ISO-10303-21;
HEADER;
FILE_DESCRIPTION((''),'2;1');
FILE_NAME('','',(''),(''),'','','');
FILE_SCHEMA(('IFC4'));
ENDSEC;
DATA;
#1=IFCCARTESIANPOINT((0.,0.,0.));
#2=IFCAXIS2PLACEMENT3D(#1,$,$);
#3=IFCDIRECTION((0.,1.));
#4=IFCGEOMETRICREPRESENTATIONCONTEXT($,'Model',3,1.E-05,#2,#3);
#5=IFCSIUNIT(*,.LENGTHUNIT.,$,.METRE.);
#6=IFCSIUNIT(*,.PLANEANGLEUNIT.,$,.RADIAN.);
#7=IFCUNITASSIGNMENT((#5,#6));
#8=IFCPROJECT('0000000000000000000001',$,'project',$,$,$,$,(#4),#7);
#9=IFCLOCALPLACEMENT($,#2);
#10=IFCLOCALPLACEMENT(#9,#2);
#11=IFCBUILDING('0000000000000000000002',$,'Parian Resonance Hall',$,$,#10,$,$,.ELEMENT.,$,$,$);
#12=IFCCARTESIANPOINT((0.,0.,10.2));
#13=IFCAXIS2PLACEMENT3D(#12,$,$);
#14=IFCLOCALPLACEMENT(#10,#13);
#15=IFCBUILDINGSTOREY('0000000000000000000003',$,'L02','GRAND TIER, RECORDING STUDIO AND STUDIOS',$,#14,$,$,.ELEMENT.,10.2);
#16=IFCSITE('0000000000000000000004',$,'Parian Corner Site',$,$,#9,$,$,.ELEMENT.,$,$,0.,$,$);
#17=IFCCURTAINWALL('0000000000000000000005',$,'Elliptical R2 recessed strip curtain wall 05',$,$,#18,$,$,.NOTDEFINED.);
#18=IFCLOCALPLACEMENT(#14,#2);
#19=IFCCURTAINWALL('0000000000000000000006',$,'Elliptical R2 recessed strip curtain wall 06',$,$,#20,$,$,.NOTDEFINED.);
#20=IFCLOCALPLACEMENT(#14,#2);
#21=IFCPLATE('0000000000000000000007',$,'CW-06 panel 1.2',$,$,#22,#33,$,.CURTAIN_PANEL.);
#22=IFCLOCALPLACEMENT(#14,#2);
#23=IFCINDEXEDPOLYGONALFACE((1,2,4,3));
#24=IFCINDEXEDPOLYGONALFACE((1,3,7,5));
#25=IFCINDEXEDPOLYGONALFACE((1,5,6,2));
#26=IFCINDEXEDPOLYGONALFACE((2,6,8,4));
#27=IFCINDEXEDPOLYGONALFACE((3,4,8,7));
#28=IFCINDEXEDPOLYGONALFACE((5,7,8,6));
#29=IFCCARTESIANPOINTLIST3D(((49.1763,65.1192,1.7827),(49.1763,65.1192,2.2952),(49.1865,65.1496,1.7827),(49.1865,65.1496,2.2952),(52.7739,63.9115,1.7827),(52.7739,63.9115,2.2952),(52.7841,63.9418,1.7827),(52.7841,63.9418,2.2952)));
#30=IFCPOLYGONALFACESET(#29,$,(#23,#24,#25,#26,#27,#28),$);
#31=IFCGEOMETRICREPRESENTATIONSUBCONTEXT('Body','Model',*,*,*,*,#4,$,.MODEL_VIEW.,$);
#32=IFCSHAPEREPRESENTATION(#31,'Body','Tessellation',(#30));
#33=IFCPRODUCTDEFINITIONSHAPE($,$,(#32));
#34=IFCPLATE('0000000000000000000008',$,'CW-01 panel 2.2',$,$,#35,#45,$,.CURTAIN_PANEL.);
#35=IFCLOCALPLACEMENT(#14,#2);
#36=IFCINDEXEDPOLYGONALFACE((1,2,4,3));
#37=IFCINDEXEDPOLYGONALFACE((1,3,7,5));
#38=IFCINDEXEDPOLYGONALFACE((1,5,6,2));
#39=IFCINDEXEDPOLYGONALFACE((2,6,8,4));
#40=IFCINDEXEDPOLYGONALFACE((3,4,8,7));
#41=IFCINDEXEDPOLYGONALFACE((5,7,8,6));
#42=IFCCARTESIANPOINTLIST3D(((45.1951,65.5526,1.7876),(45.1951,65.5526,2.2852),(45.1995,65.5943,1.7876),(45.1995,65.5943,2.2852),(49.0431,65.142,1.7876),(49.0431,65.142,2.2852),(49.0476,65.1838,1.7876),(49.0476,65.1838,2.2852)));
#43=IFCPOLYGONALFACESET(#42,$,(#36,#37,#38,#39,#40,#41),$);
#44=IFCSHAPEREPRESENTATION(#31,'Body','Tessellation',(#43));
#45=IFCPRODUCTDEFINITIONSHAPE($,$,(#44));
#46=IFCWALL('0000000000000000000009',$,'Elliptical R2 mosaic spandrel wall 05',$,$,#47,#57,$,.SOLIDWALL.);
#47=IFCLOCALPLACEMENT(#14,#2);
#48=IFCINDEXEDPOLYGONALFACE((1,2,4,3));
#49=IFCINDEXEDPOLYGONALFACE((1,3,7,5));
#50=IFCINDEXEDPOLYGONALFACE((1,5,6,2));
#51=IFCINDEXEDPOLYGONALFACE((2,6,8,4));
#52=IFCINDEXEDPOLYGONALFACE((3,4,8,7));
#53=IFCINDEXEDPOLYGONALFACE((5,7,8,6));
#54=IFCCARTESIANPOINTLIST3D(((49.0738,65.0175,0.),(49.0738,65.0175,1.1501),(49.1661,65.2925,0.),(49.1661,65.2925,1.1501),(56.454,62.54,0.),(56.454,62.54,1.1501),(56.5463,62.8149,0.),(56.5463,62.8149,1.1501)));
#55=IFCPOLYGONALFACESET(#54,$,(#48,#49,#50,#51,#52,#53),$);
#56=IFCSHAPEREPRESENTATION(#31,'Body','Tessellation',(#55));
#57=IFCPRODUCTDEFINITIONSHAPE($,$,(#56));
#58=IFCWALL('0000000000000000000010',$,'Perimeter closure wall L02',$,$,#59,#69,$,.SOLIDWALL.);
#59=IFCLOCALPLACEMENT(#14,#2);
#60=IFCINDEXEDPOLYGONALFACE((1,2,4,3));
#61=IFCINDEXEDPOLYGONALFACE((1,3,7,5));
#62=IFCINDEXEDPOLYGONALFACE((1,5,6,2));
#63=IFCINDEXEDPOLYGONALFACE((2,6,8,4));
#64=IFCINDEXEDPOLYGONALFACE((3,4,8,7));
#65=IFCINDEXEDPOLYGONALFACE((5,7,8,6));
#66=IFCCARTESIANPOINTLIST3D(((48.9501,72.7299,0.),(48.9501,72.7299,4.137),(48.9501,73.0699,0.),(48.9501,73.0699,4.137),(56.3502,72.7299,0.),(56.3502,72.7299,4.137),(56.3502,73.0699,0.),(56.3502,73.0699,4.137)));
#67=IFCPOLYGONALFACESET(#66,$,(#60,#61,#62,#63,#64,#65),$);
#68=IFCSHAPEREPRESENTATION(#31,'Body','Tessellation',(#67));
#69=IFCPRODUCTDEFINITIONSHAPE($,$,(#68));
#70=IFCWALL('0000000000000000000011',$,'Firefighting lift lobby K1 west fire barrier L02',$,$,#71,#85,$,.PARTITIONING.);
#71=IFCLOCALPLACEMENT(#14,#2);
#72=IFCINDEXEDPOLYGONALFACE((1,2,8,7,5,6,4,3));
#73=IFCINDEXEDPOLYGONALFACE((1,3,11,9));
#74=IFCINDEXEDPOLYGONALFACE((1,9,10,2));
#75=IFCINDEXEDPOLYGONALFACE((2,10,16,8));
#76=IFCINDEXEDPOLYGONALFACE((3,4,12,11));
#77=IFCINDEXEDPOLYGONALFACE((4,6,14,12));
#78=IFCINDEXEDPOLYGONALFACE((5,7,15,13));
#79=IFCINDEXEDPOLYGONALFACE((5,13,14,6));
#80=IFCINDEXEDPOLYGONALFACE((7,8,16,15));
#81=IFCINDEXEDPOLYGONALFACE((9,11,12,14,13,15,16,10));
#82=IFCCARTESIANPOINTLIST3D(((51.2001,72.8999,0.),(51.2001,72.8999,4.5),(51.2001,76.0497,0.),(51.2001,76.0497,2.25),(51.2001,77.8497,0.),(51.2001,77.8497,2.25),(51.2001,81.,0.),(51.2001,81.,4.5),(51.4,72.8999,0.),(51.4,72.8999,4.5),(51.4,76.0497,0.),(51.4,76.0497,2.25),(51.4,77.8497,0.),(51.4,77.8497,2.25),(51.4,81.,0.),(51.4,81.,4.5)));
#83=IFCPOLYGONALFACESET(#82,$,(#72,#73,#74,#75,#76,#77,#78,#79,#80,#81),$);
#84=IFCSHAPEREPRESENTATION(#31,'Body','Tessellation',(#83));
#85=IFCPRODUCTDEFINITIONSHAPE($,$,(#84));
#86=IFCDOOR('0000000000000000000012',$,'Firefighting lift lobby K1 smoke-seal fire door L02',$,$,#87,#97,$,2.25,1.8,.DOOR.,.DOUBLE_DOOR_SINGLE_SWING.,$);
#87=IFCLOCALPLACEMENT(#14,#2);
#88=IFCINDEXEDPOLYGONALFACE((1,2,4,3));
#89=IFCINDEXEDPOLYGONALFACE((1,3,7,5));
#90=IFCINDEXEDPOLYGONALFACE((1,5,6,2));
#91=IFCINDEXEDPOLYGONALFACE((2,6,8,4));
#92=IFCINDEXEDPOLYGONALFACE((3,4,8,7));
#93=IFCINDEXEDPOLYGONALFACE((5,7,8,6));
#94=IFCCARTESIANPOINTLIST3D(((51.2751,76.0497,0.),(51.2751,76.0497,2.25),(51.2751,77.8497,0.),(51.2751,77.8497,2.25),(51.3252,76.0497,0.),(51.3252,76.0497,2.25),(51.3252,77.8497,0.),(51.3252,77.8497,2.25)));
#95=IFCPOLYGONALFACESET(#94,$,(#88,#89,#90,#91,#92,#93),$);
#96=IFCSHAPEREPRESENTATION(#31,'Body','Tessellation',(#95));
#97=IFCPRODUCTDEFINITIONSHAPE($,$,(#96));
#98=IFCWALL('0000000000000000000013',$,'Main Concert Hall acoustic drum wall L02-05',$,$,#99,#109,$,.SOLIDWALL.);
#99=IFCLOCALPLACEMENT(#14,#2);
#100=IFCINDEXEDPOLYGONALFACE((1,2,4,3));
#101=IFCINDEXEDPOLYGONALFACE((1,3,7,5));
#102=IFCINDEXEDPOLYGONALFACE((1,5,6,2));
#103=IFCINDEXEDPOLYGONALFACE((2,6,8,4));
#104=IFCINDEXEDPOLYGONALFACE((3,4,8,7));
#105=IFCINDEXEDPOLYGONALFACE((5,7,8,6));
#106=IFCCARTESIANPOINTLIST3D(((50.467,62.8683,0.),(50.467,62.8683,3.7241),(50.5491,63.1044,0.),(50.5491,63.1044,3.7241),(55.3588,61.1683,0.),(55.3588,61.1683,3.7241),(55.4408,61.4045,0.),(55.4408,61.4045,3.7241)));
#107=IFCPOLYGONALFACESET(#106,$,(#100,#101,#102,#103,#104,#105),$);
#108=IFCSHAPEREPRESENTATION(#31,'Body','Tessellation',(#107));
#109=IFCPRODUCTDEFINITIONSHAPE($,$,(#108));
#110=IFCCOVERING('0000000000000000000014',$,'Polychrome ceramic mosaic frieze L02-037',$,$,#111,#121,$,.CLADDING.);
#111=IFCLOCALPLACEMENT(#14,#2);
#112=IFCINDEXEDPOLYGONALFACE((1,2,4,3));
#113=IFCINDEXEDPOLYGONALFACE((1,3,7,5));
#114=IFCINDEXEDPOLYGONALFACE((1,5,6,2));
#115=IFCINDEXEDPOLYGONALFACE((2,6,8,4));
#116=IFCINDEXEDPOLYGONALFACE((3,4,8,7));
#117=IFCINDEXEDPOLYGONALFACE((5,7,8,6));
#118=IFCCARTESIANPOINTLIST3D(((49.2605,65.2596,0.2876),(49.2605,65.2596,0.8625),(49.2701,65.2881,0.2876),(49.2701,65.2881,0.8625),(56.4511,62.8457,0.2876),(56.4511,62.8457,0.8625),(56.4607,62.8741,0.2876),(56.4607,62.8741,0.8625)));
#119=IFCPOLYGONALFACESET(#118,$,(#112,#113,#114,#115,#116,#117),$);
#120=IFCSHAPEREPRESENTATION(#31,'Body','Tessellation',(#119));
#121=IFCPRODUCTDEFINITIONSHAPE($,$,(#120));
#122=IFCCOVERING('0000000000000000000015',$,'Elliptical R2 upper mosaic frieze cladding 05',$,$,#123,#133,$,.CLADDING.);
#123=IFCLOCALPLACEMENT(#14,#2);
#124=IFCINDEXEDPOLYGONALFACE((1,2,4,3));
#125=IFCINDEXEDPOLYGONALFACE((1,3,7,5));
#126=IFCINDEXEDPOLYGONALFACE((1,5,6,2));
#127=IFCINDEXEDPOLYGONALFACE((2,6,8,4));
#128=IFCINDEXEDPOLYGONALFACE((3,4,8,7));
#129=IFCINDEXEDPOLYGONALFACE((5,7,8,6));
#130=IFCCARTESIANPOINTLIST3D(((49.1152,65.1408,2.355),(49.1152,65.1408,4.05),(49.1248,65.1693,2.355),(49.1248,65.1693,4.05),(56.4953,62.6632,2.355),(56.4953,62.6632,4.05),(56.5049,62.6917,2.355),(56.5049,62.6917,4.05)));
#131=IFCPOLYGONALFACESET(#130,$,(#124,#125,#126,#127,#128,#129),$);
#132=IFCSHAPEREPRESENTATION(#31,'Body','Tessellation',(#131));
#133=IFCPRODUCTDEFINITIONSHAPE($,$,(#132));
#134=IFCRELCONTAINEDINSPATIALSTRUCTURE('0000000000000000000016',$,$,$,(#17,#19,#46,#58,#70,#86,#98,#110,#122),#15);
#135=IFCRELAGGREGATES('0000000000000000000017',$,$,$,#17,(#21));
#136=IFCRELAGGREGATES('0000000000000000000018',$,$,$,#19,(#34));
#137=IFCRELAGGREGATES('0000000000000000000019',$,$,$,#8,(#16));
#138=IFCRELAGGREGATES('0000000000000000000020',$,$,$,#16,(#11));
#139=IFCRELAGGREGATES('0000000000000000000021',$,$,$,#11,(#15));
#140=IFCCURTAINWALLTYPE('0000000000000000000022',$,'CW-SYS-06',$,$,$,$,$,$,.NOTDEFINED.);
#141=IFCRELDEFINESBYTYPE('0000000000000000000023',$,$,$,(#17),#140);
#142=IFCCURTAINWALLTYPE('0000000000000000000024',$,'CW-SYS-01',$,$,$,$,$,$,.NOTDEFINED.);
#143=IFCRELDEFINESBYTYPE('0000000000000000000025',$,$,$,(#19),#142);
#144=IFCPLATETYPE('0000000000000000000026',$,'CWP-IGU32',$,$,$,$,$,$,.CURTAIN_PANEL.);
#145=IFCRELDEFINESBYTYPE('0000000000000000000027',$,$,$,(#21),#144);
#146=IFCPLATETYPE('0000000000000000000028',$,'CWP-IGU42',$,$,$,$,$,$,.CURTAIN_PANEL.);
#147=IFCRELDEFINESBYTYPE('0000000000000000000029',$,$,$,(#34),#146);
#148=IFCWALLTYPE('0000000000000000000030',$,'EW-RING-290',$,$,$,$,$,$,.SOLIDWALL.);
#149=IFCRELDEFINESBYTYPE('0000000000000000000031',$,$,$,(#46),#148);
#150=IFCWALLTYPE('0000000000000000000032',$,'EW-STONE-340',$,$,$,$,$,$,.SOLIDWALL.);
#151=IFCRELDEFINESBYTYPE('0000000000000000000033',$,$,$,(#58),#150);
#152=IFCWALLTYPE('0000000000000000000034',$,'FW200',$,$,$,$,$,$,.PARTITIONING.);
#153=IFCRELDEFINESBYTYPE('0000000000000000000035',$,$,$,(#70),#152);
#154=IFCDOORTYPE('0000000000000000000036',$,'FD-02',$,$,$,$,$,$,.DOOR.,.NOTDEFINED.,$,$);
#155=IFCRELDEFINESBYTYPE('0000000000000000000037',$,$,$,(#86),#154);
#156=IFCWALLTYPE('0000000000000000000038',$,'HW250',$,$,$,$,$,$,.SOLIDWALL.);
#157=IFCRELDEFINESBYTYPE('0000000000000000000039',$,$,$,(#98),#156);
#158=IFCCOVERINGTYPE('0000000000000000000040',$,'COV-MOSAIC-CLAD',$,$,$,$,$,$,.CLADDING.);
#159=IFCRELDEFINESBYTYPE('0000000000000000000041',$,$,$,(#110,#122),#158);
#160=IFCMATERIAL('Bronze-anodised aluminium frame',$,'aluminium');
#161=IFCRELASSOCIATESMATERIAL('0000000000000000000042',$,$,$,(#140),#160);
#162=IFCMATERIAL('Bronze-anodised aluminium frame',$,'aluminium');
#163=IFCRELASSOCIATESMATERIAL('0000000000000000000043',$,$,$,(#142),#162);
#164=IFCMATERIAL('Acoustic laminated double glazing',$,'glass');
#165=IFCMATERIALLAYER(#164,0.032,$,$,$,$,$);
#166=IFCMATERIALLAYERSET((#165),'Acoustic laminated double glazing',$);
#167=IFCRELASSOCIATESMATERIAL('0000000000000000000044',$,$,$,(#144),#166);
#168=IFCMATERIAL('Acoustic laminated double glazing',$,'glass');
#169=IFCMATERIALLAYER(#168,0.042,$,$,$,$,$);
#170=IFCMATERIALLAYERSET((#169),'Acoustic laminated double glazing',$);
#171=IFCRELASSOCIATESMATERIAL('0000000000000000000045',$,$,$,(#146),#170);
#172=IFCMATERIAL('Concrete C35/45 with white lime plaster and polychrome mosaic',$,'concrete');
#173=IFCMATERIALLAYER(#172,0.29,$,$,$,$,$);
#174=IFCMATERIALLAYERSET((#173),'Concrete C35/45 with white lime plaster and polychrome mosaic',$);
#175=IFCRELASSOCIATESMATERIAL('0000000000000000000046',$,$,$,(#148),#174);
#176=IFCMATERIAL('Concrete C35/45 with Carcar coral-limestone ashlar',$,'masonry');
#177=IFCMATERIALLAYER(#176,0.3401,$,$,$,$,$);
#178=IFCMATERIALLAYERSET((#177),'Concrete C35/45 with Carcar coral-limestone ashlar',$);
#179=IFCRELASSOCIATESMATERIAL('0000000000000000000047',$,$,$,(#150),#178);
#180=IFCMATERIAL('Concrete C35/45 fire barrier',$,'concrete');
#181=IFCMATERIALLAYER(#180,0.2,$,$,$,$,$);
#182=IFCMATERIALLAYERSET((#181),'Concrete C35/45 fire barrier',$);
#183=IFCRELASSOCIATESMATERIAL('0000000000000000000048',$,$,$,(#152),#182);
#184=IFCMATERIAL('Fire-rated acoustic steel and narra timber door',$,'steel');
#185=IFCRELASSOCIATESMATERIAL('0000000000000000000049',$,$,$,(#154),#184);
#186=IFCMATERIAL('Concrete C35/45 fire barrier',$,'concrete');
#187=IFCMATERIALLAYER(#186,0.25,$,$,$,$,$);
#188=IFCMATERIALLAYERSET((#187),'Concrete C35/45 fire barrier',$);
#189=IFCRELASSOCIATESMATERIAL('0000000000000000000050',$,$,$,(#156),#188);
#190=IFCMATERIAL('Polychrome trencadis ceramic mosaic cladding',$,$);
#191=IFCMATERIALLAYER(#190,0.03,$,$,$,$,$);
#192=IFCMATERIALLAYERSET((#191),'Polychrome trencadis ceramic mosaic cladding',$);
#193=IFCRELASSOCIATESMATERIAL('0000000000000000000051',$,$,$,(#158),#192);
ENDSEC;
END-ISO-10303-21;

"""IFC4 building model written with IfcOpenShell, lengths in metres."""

from ifc_helpers import new_model, si_unit, direction, frame, frame_2d, origin, origin_2d, place, context, subcontext, project, spatial, rectangle, extrude, material, layer, layer_set, type_object, element, fill, aggregate, save


model = new_model("IFC4")

# Units and contexts
model_context = context("Model", 3, precision=1e-05, world=origin(), true_north=direction((0.0, 1.0)))
body_context = subcontext(model_context, "Body", "Model", "MODEL_VIEW")
ifc_project = project(units=[si_unit("LENGTHUNIT", "METRE"), si_unit("PLANEANGLEUNIT", "RADIAN")], contexts=[model_context])

# Site, building, storey
site_placement = place(None, origin())
site = spatial("IfcSite", under=ifc_project, at=site_placement, Name="Parian Corner Site", CompositionType="ELEMENT", RefElevation=0.0)
building_placement = place(site_placement, origin())
building = spatial("IfcBuilding", under=site, at=building_placement, Name="Parian Resonance Hall", CompositionType="ELEMENT")
storey_placement = place(building_placement, frame((0.0, 0.0, 10.2)))
storey = spatial("IfcBuildingStorey", under=building, at=storey_placement, Name="L02", Description="GRAND TIER, RECORDING STUDIO AND STUDIOS", CompositionType="ELEMENT", Elevation=10.2)

# Curtain wall
ifc_material_1 = material(Name="Bronze-anodised aluminium frame", Category="aluminium")
curtain_wall_type_1 = type_object("IfcCurtainWallType", Name="CW-SYS-06", PredefinedType="NOTDEFINED", material=ifc_material_1)
curtain_wall_1_placement = place(storey_placement, origin())
curtain_wall_1 = element("IfcCurtainWall", 1, at=curtain_wall_1_placement, inside=storey, type_object=curtain_wall_type_1, Name="Elliptical R2 recessed strip curtain wall 05", PredefinedType="NOTDEFINED")

# Curtain wall
ifc_material_2 = material(Name="Bronze-anodised aluminium frame", Category="aluminium")
curtain_wall_type_2 = type_object("IfcCurtainWallType", Name="CW-SYS-01", PredefinedType="NOTDEFINED", material=ifc_material_2)
curtain_wall_2_placement = place(storey_placement, origin())
curtain_wall_2 = element("IfcCurtainWall", 2, at=curtain_wall_2_placement, inside=storey, type_object=curtain_wall_type_2, Name="Elliptical R2 recessed strip curtain wall 06", PredefinedType="NOTDEFINED")

# Plates
ifc_material_3 = material(Name="Acoustic laminated double glazing", Category="glass")
ifc_layer_1 = layer(ifc_material_3, 0.032)
ifc_layer_set_1 = layer_set([ifc_layer_1], Name="Acoustic laminated double glazing")
plate_type_1 = type_object("IfcPlateType", Name="CWP-IGU32", PredefinedType="CURTAIN_PANEL", material=ifc_layer_set_1)
plate_1_placement = place(storey_placement, frame((50.9802, 64.5305, 1.7827), z_axis=(0.0, 0.0, 1.0), x_axis=(0.948004, -0.318258, 0.0)))
plate_1 = element("IfcPlate", 3, at=plate_1_placement, type_object=plate_type_1, Name="CW-06 panel 1.2", PredefinedType="CURTAIN_PANEL", context=body_context, shape_type="SweptSolid", body=[
    extrude(rectangle(XDim=3.7949, YDim=0.032, at=origin_2d()), origin(), (0.0, 0.0, 1.0), 0.5125),
])
aggregate(curtain_wall_1, [plate_1])
ifc_material_4 = material(Name="Acoustic laminated double glazing", Category="glass")
ifc_layer_2 = layer(ifc_material_4, 0.042)
ifc_layer_set_2 = layer_set([ifc_layer_2], Name="Acoustic laminated double glazing")
plate_type_2 = type_object("IfcPlateType", Name="CWP-IGU42", PredefinedType="CURTAIN_PANEL", material=ifc_layer_set_2)
plate_2_placement = place(storey_placement, frame((47.1213, 65.3682, 1.7876), z_axis=(0.0, 0.0, 1.0), x_axis=(0.994356, -0.106091, 0.0)))
plate_2 = element("IfcPlate", 4, at=plate_2_placement, type_object=plate_type_2, Name="CW-01 panel 2.2", PredefinedType="CURTAIN_PANEL", context=body_context, shape_type="SweptSolid", body=[
    extrude(rectangle(XDim=3.8699, YDim=0.042, at=origin_2d()), origin(), (0.0, 0.0, 1.0), 0.4976),
])
aggregate(curtain_wall_2, [plate_2])

# Walls
ifc_material_5 = material(Name="Concrete C35/45 with white lime plaster and polychrome mosaic", Category="concrete")
ifc_layer_3 = layer(ifc_material_5, 0.29)
ifc_layer_set_3 = layer_set([ifc_layer_3], Name="Concrete C35/45 with white lime plaster and polychrome mosaic")
wall_type_1 = type_object("IfcWallType", Name="EW-RING-290", PredefinedType="SOLIDWALL", material=ifc_layer_set_3)
wall_1_placement = place(storey_placement, frame((49.1199, 65.155, 0.0), z_axis=(0.0, 0.0, 1.0), x_axis=(0.948007, -0.31825, 0.0)))
element("IfcWall", 5, at=wall_1_placement, inside=storey, type_object=wall_type_1, Name="Elliptical R2 mosaic spandrel wall 05", PredefinedType="SOLIDWALL", context=body_context, shape_type="SweptSolid", body=[
    extrude(rectangle(XDim=7.7849, YDim=0.29, at=frame_2d((3.8926, 0.0))), origin(), (0.0, 0.0, 1.0), 1.1501),
])
ifc_material_6 = material(Name="Concrete C35/45 with Carcar coral-limestone ashlar", Category="masonry")
ifc_layer_4 = layer(ifc_material_6, 0.3401)
ifc_layer_set_4 = layer_set([ifc_layer_4], Name="Concrete C35/45 with Carcar coral-limestone ashlar")
wall_type_2 = type_object("IfcWallType", Name="EW-STONE-340", PredefinedType="SOLIDWALL", material=ifc_layer_set_4)
wall_2_placement = place(storey_placement, frame((48.95, 72.8999, 0.0), z_axis=(0.0, 0.0, 1.0), x_axis=(1.0, 0.0, 0.0)))
element("IfcWall", 6, at=wall_2_placement, inside=storey, type_object=wall_type_2, Name="Perimeter closure wall L02", PredefinedType="SOLIDWALL", context=body_context, shape_type="SweptSolid", body=[
    extrude(rectangle(XDim=7.4001, YDim=0.3401, at=frame_2d((3.7002, 0.0))), origin(), (0.0, 0.0, 1.0), 4.137),
])

# Wall, opening, door
ifc_material_7 = material(Name="Concrete C35/45 fire barrier", Category="concrete")
ifc_layer_5 = layer(ifc_material_7, 0.2)
ifc_layer_set_5 = layer_set([ifc_layer_5], Name="Concrete C35/45 fire barrier")
wall_type_3 = type_object("IfcWallType", Name="FW200", PredefinedType="PARTITIONING", material=ifc_layer_set_5)
wall_3_placement = place(storey_placement, frame((51.3, 72.8999, 0.0), z_axis=(0.0, 0.0, 1.0), x_axis=(0.0, 1.0, 0.0)))
wall_3 = element("IfcWall", 7, at=wall_3_placement, inside=storey, type_object=wall_type_3, Name="Firefighting lift lobby K1 west fire barrier L02", PredefinedType="PARTITIONING", context=body_context, shape_type="SweptSolid", body=[
    extrude(rectangle(XDim=8.1001, YDim=0.2, at=frame_2d((4.05, 0.0))), origin(), (0.0, 0.0, 1.0), 4.5),
])
opening_placement = place(wall_3_placement, frame((3.1499, 0.0, 0.0)))
opening = element("IfcOpeningElement", 8, at=opening_placement, cuts=wall_3, PredefinedType="OPENING", context=body_context, shape_type="SweptSolid", body=[
    extrude(rectangle(XDim=1.8, YDim=2.25, at=frame_2d((0.8999, 1.125))), frame((0.0, 0.1099, 0.0), z_axis=(0.0, -1.0, 0.0), x_axis=(1.0, 0.0, 0.0)), (0.0, 0.0, 1.0), 0.22),
])
ifc_material_8 = material(Name="Fire-rated acoustic steel and narra timber door", Category="steel")
door_type = type_object("IfcDoorType", Name="FD-02", OperationType="NOTDEFINED", PredefinedType="DOOR", material=ifc_material_8)
door_placement = place(opening_placement, origin())
door = element("IfcDoor", 9, at=door_placement, inside=storey, type_object=door_type, Name="Firefighting lift lobby K1 smoke-seal fire door L02", OperationType="DOUBLE_DOOR_SINGLE_SWING", OverallHeight=2.25, OverallWidth=1.8, PredefinedType="DOOR", context=body_context, shape_type="SweptSolid", body=[
    extrude(rectangle(XDim=1.8, YDim=2.25, at=frame_2d((0.8999, 1.125))), frame((0.0, 0.0249, 0.0), z_axis=(0.0, -1.0, 0.0), x_axis=(1.0, 0.0, 0.0)), (0.0, 0.0, 1.0), 0.05),
])
fill(opening, door)

# Wall
ifc_material_9 = material(Name="Concrete C35/45 fire barrier", Category="concrete")
ifc_layer_6 = layer(ifc_material_9, 0.25)
ifc_layer_set_6 = layer_set([ifc_layer_6], Name="Concrete C35/45 fire barrier")
wall_type_4 = type_object("IfcWallType", Name="HW250", PredefinedType="SOLIDWALL", material=ifc_layer_set_6)
wall_4_placement = place(storey_placement, frame((50.5081, 62.9863, 0.0), z_axis=(0.0, 0.0, 1.0), x_axis=(0.94459, -0.328252, 0.0)))
element("IfcWall", 10, at=wall_4_placement, inside=storey, type_object=wall_type_4, Name="Main Concert Hall acoustic drum wall L02-05", PredefinedType="SOLIDWALL", context=body_context, shape_type="SweptSolid", body=[
    extrude(rectangle(XDim=5.1787, YDim=0.25, at=frame_2d((2.5894, 0.0))), origin(), (0.0, 0.0, 1.0), 3.7241),
])

# Coverings
ifc_material_10 = material(Name="Polychrome trencadis ceramic mosaic cladding")
ifc_layer_7 = layer(ifc_material_10, 0.03)
ifc_layer_set_7 = layer_set([ifc_layer_7], Name="Polychrome trencadis ceramic mosaic cladding")
covering_type = type_object("IfcCoveringType", Name="COV-MOSAIC-CLAD", PredefinedType="CLADDING", material=ifc_layer_set_7)
covering_1_placement = place(storey_placement, frame((52.8606, 64.0669, 0.2876), z_axis=(0.0, 0.0, 1.0), x_axis=(0.948004, -0.318258, 0.0)))
element("IfcCovering", 11, at=covering_1_placement, inside=storey, type_object=covering_type, Name="Polychrome ceramic mosaic frieze L02-037", PredefinedType="CLADDING", context=body_context, shape_type="SweptSolid", body=[
    extrude(rectangle(XDim=7.585, YDim=0.03, at=origin_2d()), origin(), (0.0, 0.0, 1.0), 0.575),
])
covering_2_placement = place(storey_placement, frame((52.8101, 63.9163, 2.355), z_axis=(0.0, 0.0, 1.0), x_axis=(0.948004, -0.318258, 0.0)))
element("IfcCovering", 12, at=covering_2_placement, inside=storey, type_object=covering_type, Name="Elliptical R2 upper mosaic frieze cladding 05", PredefinedType="CLADDING", context=body_context, shape_type="SweptSolid", body=[
    extrude(rectangle(XDim=7.7849, YDim=0.03, at=origin_2d()), origin(), (0.0, 0.0, 1.0), 1.6951),
])

save(model, "model.ifc")
